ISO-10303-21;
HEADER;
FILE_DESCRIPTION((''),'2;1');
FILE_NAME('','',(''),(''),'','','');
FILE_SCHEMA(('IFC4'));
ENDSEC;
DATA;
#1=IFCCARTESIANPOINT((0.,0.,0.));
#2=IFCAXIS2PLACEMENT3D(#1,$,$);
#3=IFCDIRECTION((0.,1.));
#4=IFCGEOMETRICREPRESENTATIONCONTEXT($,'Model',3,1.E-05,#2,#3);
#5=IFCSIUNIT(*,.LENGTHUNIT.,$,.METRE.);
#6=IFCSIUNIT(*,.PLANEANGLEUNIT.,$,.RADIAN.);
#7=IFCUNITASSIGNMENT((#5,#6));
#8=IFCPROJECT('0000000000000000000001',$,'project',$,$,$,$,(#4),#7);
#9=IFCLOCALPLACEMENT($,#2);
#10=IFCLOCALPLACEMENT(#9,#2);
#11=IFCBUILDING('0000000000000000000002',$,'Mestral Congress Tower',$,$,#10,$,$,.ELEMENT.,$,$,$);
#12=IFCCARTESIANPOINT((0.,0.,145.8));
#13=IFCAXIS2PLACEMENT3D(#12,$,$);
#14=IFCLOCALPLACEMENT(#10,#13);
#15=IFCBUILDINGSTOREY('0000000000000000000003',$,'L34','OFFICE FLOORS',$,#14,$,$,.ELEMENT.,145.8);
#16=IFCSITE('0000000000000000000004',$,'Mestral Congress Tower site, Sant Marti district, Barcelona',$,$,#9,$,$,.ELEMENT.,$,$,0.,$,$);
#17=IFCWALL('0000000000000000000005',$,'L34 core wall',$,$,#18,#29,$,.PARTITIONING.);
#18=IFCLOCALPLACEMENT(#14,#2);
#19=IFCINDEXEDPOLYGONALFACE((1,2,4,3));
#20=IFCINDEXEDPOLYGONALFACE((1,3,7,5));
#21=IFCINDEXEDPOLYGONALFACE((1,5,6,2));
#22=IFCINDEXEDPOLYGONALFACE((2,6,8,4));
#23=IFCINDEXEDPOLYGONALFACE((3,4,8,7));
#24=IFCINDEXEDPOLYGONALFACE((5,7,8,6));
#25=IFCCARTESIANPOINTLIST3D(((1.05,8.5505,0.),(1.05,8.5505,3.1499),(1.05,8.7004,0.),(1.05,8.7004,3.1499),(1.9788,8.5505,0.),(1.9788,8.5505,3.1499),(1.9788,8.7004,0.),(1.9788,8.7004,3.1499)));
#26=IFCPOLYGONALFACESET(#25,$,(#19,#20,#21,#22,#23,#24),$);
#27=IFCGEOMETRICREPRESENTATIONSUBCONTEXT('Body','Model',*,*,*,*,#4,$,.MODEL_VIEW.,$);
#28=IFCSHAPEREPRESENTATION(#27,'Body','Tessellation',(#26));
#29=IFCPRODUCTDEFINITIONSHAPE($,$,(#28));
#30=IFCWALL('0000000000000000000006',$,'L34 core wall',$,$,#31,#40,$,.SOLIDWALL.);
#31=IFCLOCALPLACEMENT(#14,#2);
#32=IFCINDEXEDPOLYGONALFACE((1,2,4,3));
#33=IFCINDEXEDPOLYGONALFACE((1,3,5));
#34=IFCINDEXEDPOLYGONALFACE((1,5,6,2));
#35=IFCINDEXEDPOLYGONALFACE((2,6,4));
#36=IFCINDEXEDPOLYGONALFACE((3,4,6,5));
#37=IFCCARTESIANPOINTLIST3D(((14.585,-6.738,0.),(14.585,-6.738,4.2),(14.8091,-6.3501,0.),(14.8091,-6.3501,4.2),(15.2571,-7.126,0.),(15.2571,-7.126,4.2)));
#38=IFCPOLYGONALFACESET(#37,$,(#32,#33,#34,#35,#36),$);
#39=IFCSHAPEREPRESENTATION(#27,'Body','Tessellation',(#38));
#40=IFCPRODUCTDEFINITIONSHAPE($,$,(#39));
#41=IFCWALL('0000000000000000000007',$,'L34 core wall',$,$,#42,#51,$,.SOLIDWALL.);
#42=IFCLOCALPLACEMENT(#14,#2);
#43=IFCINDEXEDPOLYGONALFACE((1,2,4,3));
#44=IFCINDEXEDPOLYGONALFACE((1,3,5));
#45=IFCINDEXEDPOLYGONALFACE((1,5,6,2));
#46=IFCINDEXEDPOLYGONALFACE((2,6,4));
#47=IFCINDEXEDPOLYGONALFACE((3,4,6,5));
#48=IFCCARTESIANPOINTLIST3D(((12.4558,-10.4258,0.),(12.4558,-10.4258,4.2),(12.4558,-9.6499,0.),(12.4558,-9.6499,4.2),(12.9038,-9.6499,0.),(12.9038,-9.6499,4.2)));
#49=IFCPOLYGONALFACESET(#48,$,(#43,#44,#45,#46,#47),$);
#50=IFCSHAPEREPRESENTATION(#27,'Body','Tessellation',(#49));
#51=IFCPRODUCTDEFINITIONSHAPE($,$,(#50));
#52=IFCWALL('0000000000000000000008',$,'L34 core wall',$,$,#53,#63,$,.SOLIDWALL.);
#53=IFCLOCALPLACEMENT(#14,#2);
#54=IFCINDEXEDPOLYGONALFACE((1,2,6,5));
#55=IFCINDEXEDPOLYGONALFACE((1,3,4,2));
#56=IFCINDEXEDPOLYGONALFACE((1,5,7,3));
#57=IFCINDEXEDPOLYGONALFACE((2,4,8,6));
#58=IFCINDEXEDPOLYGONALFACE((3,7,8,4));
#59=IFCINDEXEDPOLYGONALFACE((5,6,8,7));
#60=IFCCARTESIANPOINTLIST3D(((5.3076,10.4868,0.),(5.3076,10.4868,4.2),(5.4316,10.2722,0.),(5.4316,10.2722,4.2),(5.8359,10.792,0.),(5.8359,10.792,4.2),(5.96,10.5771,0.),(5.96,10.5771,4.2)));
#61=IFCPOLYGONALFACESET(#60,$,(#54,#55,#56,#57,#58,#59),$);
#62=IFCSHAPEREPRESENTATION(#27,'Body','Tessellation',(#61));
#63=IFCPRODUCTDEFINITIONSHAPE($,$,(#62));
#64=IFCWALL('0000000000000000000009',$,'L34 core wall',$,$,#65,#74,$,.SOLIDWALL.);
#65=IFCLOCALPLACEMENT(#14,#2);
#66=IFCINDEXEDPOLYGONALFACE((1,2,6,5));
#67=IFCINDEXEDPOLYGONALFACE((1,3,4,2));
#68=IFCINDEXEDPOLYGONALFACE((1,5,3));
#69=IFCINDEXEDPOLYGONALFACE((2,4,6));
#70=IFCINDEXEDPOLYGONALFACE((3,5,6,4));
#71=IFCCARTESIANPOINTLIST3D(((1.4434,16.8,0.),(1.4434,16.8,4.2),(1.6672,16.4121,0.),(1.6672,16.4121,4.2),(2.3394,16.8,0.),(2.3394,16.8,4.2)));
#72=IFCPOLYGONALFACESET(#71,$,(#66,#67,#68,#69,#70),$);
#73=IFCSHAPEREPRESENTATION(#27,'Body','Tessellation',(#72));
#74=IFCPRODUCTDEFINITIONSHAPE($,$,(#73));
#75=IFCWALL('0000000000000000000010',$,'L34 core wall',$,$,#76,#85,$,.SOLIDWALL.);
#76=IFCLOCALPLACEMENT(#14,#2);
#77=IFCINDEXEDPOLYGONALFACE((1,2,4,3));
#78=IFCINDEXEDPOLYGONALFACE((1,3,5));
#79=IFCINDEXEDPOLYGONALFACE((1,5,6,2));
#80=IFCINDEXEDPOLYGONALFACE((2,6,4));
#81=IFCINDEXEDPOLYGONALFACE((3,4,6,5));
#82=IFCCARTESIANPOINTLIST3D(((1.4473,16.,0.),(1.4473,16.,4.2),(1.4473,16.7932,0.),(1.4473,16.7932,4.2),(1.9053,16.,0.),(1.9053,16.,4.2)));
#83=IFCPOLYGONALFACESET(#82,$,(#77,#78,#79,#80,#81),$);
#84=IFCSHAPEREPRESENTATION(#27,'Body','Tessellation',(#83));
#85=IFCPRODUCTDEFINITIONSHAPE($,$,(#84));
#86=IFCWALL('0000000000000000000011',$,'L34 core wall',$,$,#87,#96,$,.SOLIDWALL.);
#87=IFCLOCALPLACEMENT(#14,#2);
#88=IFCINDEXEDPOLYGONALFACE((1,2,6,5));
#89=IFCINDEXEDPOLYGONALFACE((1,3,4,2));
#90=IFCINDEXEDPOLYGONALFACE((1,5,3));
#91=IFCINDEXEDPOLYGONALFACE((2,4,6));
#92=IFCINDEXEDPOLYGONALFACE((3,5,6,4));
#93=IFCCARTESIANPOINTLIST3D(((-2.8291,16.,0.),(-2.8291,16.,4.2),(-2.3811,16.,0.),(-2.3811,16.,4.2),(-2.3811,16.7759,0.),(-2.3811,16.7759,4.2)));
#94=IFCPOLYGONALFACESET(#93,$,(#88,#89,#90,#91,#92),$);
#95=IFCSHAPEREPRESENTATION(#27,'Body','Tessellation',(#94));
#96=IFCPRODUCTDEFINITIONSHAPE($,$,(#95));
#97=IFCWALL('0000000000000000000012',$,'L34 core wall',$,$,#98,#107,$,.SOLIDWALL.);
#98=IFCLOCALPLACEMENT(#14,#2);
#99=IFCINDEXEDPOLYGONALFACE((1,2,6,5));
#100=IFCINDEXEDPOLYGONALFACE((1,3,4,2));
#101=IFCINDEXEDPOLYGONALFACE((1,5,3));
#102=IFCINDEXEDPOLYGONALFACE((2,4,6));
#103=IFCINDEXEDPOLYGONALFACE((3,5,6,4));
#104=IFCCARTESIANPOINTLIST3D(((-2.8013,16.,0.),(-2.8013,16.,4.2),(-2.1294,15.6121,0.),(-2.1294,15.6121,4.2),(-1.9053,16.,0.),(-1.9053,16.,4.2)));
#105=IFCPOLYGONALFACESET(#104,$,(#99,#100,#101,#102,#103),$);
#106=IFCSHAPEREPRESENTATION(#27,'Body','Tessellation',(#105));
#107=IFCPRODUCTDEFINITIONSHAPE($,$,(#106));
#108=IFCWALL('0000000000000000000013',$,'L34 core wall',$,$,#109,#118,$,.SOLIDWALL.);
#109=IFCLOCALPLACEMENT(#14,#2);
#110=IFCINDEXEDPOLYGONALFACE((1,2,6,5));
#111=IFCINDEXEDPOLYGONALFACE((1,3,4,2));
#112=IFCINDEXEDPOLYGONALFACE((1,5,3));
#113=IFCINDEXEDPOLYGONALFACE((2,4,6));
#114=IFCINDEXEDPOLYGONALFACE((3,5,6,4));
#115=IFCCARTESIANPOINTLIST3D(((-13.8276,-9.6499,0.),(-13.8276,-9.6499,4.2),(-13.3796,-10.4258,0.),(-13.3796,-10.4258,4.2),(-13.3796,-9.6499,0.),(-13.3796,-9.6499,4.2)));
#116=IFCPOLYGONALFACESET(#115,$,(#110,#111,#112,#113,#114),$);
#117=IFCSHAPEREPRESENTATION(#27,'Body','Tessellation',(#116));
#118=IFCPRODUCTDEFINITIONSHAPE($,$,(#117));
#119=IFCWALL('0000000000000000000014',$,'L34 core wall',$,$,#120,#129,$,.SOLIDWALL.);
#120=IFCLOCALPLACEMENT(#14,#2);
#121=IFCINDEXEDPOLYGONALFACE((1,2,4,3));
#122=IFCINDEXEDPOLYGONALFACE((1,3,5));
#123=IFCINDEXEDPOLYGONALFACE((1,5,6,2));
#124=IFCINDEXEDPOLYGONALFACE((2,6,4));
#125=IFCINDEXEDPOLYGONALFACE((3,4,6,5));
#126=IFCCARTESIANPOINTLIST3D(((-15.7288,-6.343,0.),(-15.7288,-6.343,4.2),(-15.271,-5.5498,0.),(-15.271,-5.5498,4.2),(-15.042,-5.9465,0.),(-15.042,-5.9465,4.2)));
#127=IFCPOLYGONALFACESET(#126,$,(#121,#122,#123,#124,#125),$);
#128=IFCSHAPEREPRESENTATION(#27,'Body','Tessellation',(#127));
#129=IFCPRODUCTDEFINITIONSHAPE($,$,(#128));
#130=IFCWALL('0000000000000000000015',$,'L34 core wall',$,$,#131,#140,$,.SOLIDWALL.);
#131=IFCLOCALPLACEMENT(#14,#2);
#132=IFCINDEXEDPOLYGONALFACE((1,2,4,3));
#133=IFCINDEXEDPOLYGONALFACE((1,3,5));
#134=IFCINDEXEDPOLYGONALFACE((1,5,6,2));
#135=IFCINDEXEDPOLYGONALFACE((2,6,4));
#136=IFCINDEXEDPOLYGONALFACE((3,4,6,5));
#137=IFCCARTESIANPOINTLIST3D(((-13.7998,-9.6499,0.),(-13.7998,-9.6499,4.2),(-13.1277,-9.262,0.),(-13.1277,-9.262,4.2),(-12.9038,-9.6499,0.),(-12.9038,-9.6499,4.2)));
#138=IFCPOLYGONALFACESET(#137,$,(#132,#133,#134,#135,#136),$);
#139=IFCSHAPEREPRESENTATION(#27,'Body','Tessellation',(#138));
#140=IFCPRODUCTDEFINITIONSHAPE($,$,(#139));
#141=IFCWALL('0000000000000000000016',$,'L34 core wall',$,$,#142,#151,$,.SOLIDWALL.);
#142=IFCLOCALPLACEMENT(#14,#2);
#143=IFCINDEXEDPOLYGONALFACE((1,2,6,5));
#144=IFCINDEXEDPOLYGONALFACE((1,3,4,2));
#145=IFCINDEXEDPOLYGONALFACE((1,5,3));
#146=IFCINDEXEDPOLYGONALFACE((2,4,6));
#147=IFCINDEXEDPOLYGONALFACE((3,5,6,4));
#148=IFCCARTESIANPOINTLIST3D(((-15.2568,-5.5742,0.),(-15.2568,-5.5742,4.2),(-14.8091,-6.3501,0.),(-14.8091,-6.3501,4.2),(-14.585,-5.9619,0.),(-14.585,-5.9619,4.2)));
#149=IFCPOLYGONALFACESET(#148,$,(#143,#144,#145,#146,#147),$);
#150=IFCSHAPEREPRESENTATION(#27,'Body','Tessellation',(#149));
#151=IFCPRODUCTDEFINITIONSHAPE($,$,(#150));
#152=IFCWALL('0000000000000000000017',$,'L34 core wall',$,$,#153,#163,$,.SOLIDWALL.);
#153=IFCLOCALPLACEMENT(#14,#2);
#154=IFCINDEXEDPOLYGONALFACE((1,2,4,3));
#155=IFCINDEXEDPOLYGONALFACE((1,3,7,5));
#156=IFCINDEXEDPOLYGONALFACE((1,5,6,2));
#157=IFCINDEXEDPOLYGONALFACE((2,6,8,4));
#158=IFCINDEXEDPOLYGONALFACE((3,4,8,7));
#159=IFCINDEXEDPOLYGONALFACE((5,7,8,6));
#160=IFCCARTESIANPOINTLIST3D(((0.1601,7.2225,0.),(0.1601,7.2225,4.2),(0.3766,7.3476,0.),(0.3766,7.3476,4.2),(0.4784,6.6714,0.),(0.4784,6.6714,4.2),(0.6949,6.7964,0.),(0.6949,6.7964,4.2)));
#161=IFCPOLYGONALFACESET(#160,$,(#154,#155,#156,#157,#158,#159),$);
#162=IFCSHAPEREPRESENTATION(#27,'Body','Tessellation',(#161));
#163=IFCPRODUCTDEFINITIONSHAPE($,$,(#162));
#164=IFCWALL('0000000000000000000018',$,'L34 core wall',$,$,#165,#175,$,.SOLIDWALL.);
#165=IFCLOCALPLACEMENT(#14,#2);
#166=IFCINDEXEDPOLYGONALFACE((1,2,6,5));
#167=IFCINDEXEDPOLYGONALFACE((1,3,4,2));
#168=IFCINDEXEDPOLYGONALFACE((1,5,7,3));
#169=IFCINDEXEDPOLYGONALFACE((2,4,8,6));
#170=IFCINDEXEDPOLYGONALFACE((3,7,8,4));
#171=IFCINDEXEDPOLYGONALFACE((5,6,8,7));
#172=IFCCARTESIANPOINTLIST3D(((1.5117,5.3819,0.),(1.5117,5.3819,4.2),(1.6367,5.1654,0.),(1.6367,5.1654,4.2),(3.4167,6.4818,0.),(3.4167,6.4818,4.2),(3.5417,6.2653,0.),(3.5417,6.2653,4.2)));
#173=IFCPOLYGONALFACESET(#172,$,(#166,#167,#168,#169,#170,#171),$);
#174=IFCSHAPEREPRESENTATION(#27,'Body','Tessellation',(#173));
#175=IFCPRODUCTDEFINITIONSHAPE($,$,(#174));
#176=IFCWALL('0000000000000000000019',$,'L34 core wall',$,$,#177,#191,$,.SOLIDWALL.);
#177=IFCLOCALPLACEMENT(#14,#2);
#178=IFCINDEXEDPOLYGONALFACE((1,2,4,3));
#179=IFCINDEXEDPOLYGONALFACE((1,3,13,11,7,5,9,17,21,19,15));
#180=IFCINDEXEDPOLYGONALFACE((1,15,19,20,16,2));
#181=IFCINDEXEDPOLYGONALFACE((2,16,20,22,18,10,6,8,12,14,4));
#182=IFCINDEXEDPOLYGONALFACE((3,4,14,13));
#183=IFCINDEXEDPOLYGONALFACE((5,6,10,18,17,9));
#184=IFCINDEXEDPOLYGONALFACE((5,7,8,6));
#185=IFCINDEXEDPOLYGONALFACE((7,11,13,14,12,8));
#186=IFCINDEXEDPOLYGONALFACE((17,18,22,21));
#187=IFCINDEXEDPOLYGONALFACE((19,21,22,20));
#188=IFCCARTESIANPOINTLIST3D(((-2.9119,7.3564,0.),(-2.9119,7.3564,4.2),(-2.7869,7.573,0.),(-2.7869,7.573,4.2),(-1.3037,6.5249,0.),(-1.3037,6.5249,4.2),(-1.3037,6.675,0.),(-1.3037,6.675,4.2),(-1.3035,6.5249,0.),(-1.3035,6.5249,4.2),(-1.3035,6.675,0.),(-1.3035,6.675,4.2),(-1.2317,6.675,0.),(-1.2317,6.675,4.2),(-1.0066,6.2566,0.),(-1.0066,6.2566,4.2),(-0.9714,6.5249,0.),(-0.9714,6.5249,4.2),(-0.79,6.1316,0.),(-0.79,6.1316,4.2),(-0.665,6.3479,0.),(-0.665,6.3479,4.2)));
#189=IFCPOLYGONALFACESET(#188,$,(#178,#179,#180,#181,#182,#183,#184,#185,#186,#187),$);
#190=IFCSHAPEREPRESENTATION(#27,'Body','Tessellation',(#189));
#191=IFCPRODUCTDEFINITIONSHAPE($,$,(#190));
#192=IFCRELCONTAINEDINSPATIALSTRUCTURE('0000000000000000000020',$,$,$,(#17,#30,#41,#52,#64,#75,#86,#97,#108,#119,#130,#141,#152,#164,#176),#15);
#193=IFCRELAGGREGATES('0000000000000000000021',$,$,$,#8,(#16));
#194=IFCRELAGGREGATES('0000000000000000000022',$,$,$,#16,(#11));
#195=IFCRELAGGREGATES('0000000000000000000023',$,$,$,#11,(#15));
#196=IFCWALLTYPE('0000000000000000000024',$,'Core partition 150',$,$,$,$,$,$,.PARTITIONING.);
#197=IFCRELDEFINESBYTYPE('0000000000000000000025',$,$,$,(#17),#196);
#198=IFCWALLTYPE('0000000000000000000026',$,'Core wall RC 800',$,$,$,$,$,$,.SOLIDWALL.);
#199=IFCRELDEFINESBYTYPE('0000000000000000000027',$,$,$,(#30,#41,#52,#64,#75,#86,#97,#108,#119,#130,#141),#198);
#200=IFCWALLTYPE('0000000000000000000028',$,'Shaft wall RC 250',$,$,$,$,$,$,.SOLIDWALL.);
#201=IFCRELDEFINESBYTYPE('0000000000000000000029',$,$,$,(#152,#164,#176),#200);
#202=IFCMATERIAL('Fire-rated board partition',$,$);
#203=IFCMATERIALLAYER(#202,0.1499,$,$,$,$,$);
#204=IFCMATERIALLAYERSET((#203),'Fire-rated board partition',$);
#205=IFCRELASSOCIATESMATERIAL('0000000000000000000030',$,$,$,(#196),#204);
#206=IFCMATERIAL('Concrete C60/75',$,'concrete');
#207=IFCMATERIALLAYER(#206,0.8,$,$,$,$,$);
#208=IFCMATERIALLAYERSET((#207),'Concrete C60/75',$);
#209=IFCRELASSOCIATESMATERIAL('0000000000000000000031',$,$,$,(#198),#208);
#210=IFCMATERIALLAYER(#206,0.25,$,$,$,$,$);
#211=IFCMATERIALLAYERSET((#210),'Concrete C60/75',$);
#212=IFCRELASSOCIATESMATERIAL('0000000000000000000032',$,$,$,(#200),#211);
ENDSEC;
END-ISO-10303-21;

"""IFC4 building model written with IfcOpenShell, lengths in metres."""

from ifc_helpers import new_model, si_unit, direction, frame, frame_2d, origin, place, context, subcontext, project, spatial, polyline, rectangle, outline, extrude, material, layer, layer_set, type_object, element, save


model = new_model("IFC4")

# Units and contexts
model_context = context("Model", 3, precision=1e-05, world=origin(), true_north=direction((0.0, 1.0)))
body_context = subcontext(model_context, "Body", "Model", "MODEL_VIEW")
ifc_project = project(units=[si_unit("LENGTHUNIT", "METRE"), si_unit("PLANEANGLEUNIT", "RADIAN")], contexts=[model_context])

# Site, building, storey
site_placement = place(None, origin())
site = spatial("IfcSite", under=ifc_project, at=site_placement, Name="Mestral Congress Tower site, Sant Marti district, Barcelona", CompositionType="ELEMENT", RefElevation=0.0)
building_placement = place(site_placement, origin())
building = spatial("IfcBuilding", under=site, at=building_placement, Name="Mestral Congress Tower", CompositionType="ELEMENT")
storey_placement = place(building_placement, frame((0.0, 0.0, 145.8)))
storey = spatial("IfcBuildingStorey", under=building, at=storey_placement, Name="L34", Description="OFFICE FLOORS", CompositionType="ELEMENT", Elevation=145.8)

# Walls
ifc_material_1 = material(Name="Fire-rated board partition")
ifc_layer_1 = layer(ifc_material_1, 0.1499)
ifc_layer_set_1 = layer_set([ifc_layer_1], Name="Fire-rated board partition")
wall_type_1 = type_object("IfcWallType", Name="Core partition 150", PredefinedType="PARTITIONING", material=ifc_layer_set_1)
wall_1_placement = place(storey_placement, frame((1.05, 8.6255, 0.0), z_axis=(0.0, 0.0, 1.0), x_axis=(1.0, 0.0, 0.0)))
element("IfcWall", 1, at=wall_1_placement, inside=storey, type_object=wall_type_1, Name="L34 core wall", PredefinedType="PARTITIONING", context=body_context, shape_type="SweptSolid", body=[
    extrude(rectangle(XDim=0.9287, YDim=0.1499, at=frame_2d((0.4644, 0.0))), origin(), (0.0, 0.0, 1.0), 3.1499),
])
ifc_material_2 = material(Name="Concrete C60/75", Category="concrete")
ifc_layer_2 = layer(ifc_material_2, 0.8)
ifc_layer_set_2 = layer_set([ifc_layer_2], Name="Concrete C60/75")
wall_type_2 = type_object("IfcWallType", Name="Core wall RC 800", PredefinedType="SOLIDWALL", material=ifc_layer_set_2)
placement = place(storey_placement, origin())
element("IfcWall", 2, at=placement, inside=storey, type_object=wall_type_2, Name="L34 core wall", PredefinedType="SOLIDWALL", context=body_context, shape_type="SweptSolid", body=[
    extrude(outline(polyline([(14.8091, -6.3501), (15.2571, -7.126), (14.585, -6.738), (14.8091, -6.3501)])), origin(), (0.0, 0.0, 1.0), 4.2),
])
element("IfcWall", 3, at=placement, inside=storey, type_object=wall_type_2, Name="L34 core wall", PredefinedType="SOLIDWALL", context=body_context, shape_type="SweptSolid", body=[
    extrude(outline(polyline([(12.9038, -9.6499), (12.4558, -10.4258), (12.4558, -9.6499), (12.9038, -9.6499)])), origin(), (0.0, 0.0, 1.0), 4.2),
])
element("IfcWall", 4, at=placement, inside=storey, type_object=wall_type_2, Name="L34 core wall", PredefinedType="SOLIDWALL", context=body_context, shape_type="SweptSolid", body=[
    extrude(outline(polyline([(5.4316, 10.2722), (5.3076, 10.4868), (5.8359, 10.792), (5.96, 10.5771), (5.4316, 10.2722)])), origin(), (0.0, 0.0, 1.0), 4.2),
])
element("IfcWall", 5, at=placement, inside=storey, type_object=wall_type_2, Name="L34 core wall", PredefinedType="SOLIDWALL", context=body_context, shape_type="SweptSolid", body=[
    extrude(outline(polyline([(1.4434, 16.8), (2.3394, 16.8), (1.6672, 16.4121), (1.4434, 16.8)])), origin(), (0.0, 0.0, 1.0), 4.2),
])
element("IfcWall", 6, at=placement, inside=storey, type_object=wall_type_2, Name="L34 core wall", PredefinedType="SOLIDWALL", context=body_context, shape_type="SweptSolid", body=[
    extrude(outline(polyline([(1.9053, 16.0), (1.4473, 16.0), (1.4473, 16.7932), (1.9053, 16.0)])), origin(), (0.0, 0.0, 1.0), 4.2),
])
element("IfcWall", 7, at=placement, inside=storey, type_object=wall_type_2, Name="L34 core wall", PredefinedType="SOLIDWALL", context=body_context, shape_type="SweptSolid", body=[
    extrude(outline(polyline([(-2.8291, 16.0), (-2.3811, 16.7759), (-2.3811, 16.0), (-2.8291, 16.0)])), origin(), (0.0, 0.0, 1.0), 4.2),
])
element("IfcWall", 8, at=placement, inside=storey, type_object=wall_type_2, Name="L34 core wall", PredefinedType="SOLIDWALL", context=body_context, shape_type="SweptSolid", body=[
    extrude(outline(polyline([(-1.9053, 16.0), (-2.1294, 15.6121), (-2.8013, 16.0), (-1.9053, 16.0)])), origin(), (0.0, 0.0, 1.0), 4.2),
])
element("IfcWall", 9, at=placement, inside=storey, type_object=wall_type_2, Name="L34 core wall", PredefinedType="SOLIDWALL", context=body_context, shape_type="SweptSolid", body=[
    extrude(outline(polyline([(-13.8276, -9.6499), (-13.3796, -9.6499), (-13.3796, -10.4258), (-13.8276, -9.6499)])), origin(), (0.0, 0.0, 1.0), 4.2),
])
element("IfcWall", 10, at=placement, inside=storey, type_object=wall_type_2, Name="L34 core wall", PredefinedType="SOLIDWALL", context=body_context, shape_type="SweptSolid", body=[
    extrude(outline(polyline([(-15.042, -5.9465), (-15.7288, -6.343), (-15.271, -5.5498), (-15.042, -5.9465)])), origin(), (0.0, 0.0, 1.0), 4.2),
])
element("IfcWall", 11, at=placement, inside=storey, type_object=wall_type_2, Name="L34 core wall", PredefinedType="SOLIDWALL", context=body_context, shape_type="SweptSolid", body=[
    extrude(outline(polyline([(-12.9038, -9.6499), (-13.7998, -9.6499), (-13.1277, -9.262), (-12.9038, -9.6499)])), origin(), (0.0, 0.0, 1.0), 4.2),
])
element("IfcWall", 12, at=placement, inside=storey, type_object=wall_type_2, Name="L34 core wall", PredefinedType="SOLIDWALL", context=body_context, shape_type="SweptSolid", body=[
    extrude(outline(polyline([(-14.8091, -6.3501), (-15.2568, -5.5742), (-14.585, -5.9619), (-14.8091, -6.3501)])), origin(), (0.0, 0.0, 1.0), 4.2),
])
ifc_layer_3 = layer(ifc_material_2, 0.25)
ifc_layer_set_3 = layer_set([ifc_layer_3], Name="Concrete C60/75")
wall_type_3 = type_object("IfcWallType", Name="Shaft wall RC 250", PredefinedType="SOLIDWALL", material=ifc_layer_set_3)
wall_2_placement = place(storey_placement, frame((0.2683, 7.2852, 0.0), z_axis=(0.0, 0.0, 1.0), x_axis=(0.500099, -0.865968, 0.0)))
element("IfcWall", 13, at=wall_2_placement, inside=storey, type_object=wall_type_3, Name="L34 core wall", PredefinedType="SOLIDWALL", context=body_context, shape_type="SweptSolid", body=[
    extrude(rectangle(XDim=0.6365, YDim=0.25, at=frame_2d((0.3184, 0.0))), origin(), (0.0, 0.0, 1.0), 4.2),
])
wall_3_placement = place(storey_placement, frame((1.5742, 5.2737, 0.0), z_axis=(0.0, 0.0, 1.0), x_axis=(0.866028, 0.499995, 0.0)))
element("IfcWall", 14, at=wall_3_placement, inside=storey, type_object=wall_type_3, Name="L34 core wall", PredefinedType="SOLIDWALL", context=body_context, shape_type="SweptSolid", body=[
    extrude(rectangle(XDim=2.1997, YDim=0.25, at=frame_2d((1.0999, 0.0))), origin(), (0.0, 0.0, 1.0), 4.2),
])
element("IfcWall", 15, at=placement, inside=storey, type_object=wall_type_3, Name="L34 core wall", PredefinedType="SOLIDWALL", context=body_context, shape_type="SweptSolid", body=[
    extrude(outline(polyline([(-2.9119, 7.3564), (-2.7869, 7.573), (-1.2317, 6.675), (-1.3035, 6.675), (-1.3037, 6.675), (-1.3037, 6.675), (-1.3037, 6.5249), (-1.3037, 6.5249), (-1.3035, 6.5249), (-0.9714, 6.5249), (-0.665, 6.3479), (-0.79, 6.1316), (-1.0066, 6.2566), (-1.0066, 6.2566), (-2.9119, 7.3564)])), origin(), (0.0, 0.0, 1.0), 4.2),
])

save(model, "model.ifc")
